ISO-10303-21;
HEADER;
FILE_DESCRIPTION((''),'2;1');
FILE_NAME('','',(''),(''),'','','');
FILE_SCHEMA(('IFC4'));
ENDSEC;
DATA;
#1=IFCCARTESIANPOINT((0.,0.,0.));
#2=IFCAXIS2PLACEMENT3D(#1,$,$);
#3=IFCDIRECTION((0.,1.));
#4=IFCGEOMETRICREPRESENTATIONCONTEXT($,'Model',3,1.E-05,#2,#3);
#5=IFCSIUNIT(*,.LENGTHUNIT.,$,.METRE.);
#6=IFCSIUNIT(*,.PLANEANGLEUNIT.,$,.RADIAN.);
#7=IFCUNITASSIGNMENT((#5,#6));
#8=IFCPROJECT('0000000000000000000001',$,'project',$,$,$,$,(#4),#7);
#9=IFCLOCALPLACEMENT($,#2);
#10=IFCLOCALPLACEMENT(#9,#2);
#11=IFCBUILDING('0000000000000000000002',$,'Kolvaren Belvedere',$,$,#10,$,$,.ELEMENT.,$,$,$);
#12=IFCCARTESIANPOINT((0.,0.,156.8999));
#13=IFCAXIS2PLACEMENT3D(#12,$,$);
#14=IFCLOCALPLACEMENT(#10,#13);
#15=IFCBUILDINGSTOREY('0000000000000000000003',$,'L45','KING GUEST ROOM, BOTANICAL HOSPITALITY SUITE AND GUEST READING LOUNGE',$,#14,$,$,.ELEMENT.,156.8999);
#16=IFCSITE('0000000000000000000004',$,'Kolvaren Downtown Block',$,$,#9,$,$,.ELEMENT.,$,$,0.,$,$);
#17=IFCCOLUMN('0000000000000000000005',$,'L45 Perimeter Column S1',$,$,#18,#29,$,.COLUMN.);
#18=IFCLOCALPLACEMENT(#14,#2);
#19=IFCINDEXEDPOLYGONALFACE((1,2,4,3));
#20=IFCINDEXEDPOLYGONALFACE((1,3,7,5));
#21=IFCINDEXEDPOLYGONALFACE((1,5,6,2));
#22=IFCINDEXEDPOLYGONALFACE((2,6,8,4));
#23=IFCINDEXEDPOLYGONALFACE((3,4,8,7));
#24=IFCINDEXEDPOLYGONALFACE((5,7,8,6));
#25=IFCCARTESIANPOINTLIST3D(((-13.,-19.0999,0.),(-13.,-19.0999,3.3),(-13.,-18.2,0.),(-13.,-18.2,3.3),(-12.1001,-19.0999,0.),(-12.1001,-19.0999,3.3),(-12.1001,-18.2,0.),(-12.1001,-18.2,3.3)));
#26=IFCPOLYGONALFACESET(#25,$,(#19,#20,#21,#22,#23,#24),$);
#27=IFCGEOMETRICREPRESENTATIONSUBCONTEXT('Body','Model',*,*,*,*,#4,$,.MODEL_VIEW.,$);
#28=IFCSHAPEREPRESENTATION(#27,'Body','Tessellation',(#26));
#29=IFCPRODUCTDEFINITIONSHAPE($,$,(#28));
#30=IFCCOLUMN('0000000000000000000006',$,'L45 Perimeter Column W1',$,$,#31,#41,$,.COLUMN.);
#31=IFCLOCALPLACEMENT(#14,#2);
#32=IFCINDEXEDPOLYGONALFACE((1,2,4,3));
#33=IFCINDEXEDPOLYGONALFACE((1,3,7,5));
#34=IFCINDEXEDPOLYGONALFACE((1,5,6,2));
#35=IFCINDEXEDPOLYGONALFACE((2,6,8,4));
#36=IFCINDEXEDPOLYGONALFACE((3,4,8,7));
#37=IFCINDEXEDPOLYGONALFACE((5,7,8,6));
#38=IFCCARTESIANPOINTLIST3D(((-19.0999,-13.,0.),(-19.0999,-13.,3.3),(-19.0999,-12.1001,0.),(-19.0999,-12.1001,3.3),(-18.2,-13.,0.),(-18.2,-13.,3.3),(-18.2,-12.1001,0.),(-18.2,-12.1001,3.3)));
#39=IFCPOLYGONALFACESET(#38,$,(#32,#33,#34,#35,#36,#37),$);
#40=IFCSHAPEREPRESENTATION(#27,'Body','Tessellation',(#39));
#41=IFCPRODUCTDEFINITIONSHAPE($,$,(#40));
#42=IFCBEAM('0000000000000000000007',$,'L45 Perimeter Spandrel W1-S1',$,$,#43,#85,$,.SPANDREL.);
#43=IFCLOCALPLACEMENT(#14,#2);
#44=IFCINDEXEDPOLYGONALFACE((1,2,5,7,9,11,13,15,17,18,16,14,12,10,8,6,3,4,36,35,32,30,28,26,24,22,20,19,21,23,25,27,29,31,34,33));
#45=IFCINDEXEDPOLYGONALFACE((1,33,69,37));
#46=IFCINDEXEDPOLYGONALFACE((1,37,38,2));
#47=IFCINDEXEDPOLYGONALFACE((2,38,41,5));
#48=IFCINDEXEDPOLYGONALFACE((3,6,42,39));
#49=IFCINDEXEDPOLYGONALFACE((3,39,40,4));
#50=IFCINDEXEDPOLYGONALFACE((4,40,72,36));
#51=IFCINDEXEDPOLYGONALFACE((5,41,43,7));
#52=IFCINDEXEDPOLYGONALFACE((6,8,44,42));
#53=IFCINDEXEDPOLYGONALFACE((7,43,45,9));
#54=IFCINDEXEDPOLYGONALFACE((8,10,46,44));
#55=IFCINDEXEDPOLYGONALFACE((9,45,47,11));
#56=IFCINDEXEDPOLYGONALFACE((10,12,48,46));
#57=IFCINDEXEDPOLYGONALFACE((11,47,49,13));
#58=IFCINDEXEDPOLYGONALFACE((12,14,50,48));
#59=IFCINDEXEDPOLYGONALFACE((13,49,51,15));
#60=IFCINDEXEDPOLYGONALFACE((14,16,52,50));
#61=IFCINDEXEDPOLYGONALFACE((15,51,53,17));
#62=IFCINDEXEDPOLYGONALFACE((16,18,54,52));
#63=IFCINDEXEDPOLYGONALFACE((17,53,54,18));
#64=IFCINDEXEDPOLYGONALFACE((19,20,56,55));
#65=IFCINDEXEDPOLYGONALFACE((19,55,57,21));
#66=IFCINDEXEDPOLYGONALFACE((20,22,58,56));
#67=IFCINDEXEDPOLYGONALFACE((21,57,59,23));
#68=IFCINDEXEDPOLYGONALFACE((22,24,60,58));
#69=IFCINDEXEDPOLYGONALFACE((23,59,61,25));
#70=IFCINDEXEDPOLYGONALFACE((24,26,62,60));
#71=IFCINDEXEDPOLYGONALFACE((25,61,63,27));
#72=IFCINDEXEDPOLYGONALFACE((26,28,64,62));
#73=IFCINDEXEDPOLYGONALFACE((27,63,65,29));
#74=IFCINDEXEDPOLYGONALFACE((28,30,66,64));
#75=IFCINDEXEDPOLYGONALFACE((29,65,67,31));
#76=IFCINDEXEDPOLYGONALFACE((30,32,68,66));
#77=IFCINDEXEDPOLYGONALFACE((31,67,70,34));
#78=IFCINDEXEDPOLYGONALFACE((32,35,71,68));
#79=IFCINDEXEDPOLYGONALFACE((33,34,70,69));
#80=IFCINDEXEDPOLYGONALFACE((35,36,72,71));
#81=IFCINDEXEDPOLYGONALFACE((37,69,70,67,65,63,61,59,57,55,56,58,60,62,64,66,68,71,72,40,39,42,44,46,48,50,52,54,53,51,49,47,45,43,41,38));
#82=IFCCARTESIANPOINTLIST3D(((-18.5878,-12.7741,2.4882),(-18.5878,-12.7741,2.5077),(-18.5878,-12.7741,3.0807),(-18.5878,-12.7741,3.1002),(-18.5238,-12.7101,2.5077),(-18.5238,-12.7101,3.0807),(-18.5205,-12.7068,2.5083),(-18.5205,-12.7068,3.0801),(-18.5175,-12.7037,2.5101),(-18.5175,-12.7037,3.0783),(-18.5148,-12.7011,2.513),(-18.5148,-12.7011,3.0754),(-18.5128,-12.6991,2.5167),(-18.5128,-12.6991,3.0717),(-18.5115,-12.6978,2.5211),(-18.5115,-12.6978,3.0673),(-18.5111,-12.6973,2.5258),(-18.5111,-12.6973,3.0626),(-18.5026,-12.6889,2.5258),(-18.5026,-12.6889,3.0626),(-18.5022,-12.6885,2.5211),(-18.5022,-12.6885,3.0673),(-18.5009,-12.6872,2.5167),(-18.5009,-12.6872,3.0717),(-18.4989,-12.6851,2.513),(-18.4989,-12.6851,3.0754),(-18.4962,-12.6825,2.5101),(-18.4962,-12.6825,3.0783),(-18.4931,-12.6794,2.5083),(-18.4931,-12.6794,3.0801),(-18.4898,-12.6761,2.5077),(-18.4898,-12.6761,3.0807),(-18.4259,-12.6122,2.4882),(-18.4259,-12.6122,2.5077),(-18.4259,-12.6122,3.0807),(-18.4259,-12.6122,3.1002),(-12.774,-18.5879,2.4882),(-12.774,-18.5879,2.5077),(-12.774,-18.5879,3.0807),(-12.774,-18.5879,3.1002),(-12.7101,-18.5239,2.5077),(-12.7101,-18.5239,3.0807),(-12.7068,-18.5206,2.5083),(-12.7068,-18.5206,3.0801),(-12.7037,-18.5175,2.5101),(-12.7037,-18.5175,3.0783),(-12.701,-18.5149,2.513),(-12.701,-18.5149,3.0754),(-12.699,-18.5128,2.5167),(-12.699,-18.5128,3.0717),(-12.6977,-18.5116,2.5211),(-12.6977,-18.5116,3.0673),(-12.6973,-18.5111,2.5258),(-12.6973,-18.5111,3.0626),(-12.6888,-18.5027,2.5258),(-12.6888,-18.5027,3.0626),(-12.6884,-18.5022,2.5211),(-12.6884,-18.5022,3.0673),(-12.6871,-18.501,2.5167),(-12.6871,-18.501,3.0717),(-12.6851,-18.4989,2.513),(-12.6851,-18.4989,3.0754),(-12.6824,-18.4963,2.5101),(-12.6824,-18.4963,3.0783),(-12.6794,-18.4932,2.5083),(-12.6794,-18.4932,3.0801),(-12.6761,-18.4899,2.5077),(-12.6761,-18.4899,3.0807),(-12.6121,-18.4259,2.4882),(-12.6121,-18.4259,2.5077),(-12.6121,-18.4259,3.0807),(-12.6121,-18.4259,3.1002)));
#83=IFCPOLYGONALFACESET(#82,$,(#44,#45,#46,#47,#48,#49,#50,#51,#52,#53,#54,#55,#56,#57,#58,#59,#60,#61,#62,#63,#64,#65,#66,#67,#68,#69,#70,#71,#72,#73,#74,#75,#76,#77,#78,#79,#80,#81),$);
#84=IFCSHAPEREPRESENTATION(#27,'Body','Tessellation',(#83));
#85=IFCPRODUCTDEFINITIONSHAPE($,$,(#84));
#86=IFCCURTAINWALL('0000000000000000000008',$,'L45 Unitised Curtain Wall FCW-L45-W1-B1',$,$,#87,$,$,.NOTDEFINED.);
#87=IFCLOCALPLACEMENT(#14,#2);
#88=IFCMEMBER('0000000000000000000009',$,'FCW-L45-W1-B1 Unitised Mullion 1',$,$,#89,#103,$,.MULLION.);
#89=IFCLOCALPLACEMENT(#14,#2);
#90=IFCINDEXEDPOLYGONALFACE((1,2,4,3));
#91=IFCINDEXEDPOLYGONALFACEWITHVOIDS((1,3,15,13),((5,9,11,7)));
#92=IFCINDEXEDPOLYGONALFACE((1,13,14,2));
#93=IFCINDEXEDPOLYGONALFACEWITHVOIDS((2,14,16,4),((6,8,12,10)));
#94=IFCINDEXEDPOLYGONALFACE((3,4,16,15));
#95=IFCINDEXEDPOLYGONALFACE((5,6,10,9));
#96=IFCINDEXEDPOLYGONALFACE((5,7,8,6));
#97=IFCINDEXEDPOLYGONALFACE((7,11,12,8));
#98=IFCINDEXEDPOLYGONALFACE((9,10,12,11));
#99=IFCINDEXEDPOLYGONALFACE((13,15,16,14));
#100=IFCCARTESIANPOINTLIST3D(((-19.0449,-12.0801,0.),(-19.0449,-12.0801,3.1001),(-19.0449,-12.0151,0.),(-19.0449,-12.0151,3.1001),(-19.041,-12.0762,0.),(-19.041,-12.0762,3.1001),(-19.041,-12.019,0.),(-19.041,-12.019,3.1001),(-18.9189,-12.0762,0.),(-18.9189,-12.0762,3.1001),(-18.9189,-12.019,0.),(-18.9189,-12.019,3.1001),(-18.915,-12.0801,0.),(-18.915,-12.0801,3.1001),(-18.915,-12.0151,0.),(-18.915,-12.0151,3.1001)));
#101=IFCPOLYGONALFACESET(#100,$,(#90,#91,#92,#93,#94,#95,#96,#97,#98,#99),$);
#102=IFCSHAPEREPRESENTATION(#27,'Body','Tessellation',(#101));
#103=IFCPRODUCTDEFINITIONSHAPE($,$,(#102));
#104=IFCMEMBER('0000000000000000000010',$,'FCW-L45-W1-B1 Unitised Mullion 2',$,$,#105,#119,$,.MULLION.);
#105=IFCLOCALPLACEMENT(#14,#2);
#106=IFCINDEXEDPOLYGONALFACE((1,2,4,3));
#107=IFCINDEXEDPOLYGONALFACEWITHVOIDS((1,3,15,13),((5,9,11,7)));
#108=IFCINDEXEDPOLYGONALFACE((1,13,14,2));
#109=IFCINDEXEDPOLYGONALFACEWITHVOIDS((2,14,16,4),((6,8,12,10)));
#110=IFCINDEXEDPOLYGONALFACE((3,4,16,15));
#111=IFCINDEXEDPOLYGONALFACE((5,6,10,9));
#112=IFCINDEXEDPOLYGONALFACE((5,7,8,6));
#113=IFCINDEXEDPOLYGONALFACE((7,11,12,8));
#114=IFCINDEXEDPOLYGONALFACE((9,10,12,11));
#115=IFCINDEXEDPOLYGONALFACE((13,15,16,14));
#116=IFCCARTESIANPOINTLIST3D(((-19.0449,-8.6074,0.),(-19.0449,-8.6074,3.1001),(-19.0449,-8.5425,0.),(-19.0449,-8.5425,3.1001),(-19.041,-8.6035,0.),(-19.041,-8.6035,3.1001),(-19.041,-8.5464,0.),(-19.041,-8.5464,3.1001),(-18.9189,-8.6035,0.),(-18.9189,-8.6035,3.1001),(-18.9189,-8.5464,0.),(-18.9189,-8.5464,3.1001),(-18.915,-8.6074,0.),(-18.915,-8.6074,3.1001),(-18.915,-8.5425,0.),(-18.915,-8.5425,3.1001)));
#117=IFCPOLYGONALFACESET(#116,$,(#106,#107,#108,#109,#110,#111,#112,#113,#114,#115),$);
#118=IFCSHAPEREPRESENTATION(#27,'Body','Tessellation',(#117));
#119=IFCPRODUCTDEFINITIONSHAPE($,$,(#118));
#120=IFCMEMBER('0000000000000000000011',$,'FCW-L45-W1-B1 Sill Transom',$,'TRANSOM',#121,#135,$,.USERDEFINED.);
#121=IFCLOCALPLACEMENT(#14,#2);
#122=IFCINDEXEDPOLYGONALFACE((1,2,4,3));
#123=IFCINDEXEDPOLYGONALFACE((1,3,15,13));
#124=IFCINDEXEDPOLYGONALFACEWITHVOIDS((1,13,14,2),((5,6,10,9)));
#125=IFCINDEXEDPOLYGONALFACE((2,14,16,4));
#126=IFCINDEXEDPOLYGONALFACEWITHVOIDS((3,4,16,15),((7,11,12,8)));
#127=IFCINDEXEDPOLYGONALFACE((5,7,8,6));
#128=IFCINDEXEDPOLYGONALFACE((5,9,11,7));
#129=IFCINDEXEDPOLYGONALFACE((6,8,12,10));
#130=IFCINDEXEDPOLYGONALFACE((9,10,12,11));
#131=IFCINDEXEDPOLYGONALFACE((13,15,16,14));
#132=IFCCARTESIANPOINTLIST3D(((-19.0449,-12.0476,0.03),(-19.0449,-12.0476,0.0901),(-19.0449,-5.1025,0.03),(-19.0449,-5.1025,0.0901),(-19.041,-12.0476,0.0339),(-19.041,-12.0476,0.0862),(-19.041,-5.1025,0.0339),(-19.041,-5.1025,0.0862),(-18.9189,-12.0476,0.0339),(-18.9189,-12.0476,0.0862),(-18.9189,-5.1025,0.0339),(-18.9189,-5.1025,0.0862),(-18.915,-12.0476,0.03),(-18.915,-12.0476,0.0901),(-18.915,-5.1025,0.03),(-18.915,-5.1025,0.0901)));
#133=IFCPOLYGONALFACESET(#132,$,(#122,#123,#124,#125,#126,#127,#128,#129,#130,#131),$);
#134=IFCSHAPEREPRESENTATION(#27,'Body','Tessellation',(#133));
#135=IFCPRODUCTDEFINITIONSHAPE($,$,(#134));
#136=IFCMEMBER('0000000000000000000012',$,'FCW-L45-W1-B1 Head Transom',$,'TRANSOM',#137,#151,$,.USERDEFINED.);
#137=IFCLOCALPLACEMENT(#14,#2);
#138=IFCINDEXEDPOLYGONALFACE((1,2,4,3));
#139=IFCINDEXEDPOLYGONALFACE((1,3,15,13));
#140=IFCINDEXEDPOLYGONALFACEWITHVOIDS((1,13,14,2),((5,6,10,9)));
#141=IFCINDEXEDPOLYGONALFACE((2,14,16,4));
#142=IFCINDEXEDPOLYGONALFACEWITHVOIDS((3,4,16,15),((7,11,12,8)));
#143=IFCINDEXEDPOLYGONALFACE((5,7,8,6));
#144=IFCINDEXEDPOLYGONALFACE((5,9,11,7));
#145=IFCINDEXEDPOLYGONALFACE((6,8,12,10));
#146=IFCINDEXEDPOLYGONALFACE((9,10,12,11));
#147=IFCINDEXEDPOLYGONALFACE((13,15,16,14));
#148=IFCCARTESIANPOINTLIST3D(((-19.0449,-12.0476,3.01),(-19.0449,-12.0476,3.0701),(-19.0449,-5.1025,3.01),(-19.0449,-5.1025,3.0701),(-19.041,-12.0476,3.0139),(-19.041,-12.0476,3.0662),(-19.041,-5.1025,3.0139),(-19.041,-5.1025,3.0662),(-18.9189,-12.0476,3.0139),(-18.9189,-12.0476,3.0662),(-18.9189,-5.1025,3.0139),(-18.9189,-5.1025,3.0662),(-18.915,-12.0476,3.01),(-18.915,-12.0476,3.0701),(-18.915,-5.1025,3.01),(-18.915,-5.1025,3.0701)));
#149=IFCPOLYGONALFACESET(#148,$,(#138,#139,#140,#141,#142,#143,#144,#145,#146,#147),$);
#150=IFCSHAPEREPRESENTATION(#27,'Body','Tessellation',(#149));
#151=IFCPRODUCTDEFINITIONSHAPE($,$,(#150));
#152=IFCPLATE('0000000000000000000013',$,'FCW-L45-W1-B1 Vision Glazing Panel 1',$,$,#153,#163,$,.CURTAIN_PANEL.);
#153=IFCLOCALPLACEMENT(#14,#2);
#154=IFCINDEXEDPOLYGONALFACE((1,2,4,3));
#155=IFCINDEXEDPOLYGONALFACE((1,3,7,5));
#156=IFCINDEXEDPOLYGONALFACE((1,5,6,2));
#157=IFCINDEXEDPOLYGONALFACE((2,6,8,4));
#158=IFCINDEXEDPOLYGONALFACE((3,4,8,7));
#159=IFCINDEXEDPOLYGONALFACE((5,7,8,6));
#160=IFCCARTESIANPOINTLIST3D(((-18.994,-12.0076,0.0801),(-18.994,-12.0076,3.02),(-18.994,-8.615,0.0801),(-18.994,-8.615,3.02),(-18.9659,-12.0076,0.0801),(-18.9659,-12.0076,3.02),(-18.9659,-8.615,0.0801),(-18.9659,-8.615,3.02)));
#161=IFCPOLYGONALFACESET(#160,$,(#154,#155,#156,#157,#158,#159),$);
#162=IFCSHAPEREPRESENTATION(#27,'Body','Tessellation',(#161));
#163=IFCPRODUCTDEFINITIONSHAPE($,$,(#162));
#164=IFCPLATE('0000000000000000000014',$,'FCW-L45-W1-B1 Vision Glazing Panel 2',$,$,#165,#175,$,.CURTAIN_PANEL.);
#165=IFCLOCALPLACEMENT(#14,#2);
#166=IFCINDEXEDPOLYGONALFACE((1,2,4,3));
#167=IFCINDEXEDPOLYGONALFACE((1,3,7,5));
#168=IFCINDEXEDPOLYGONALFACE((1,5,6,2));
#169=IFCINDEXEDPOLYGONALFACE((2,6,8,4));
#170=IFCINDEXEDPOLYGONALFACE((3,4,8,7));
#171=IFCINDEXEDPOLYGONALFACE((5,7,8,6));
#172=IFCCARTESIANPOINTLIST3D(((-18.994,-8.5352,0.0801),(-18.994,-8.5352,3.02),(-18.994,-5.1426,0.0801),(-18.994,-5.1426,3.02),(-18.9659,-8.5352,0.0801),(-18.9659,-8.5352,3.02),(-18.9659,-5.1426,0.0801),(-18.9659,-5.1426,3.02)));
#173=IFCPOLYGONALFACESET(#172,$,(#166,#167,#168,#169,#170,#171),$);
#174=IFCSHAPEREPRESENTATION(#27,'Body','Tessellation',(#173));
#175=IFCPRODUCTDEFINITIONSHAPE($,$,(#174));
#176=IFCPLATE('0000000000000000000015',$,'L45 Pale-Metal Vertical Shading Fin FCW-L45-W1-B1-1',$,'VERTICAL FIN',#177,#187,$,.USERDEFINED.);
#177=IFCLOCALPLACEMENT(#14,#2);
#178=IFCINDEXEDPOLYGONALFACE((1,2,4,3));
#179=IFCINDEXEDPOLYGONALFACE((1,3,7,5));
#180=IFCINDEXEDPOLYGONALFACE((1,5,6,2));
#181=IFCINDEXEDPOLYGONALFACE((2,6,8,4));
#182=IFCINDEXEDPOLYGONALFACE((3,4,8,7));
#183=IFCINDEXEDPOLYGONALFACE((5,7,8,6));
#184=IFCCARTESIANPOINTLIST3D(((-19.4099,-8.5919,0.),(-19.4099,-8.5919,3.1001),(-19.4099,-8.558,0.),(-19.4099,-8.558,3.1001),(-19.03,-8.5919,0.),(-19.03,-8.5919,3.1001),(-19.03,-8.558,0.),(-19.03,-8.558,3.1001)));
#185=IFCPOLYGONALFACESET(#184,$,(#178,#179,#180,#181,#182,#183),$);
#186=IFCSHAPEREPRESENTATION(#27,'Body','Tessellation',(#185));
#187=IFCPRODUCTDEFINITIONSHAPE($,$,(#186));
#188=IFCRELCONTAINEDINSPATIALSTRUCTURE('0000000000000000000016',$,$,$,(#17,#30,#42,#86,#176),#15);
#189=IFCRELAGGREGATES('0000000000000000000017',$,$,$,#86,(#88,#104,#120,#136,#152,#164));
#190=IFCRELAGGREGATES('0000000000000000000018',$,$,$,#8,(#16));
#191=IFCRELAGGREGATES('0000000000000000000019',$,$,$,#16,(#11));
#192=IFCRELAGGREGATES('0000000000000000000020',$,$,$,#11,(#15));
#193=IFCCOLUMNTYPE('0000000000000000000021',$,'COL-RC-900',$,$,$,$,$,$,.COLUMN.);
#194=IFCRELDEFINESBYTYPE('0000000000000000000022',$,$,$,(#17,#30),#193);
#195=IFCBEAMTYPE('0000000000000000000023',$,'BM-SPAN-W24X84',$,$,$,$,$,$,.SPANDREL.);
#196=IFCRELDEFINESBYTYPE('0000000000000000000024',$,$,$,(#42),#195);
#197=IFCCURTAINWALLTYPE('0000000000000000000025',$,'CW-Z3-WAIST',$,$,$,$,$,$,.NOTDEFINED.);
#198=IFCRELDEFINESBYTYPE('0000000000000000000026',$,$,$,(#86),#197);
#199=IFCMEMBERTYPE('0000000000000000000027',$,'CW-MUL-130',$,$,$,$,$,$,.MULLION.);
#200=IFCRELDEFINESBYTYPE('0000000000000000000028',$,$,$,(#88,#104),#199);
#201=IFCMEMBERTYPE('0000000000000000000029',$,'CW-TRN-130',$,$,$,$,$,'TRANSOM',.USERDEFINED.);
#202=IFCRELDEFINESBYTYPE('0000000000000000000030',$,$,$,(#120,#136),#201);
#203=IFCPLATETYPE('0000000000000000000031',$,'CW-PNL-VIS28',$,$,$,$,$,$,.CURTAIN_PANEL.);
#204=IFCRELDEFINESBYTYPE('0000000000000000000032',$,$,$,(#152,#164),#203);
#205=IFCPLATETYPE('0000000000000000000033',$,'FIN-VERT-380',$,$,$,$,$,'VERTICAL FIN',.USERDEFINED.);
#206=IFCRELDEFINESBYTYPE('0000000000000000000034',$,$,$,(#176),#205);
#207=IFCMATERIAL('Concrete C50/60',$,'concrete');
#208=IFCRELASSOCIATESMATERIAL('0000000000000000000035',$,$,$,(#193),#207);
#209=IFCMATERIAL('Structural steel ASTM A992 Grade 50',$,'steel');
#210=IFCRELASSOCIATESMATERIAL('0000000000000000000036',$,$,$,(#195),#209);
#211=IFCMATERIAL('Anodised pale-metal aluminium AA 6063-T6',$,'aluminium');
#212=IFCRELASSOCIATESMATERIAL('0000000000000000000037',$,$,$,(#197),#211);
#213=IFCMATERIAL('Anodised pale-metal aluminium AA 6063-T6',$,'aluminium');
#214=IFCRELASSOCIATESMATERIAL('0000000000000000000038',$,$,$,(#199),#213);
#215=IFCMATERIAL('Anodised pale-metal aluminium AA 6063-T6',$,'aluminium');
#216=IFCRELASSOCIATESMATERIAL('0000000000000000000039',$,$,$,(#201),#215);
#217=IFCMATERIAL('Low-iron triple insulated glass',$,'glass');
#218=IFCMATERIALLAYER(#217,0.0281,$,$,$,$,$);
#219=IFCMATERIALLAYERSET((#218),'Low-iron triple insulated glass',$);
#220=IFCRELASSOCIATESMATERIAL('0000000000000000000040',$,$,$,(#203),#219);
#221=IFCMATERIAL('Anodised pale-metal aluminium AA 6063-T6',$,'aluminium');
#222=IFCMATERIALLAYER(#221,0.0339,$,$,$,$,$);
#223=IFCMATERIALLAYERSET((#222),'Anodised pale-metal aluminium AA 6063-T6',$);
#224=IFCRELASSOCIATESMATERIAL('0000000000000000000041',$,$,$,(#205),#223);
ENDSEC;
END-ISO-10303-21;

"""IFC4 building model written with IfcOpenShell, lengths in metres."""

from ifc_helpers import new_model, si_unit, direction, frame, origin, origin_2d, place, context, subcontext, project, spatial, rectangle, hollow_rectangle, i_section, extrude, material, layer, layer_set, material_profile, profile_set, type_object, element, aggregate, save


model = new_model("IFC4")

# Units and contexts
model_context = context("Model", 3, precision=1e-05, world=origin(), true_north=direction((0.0, 1.0)))
body_context = subcontext(model_context, "Body", "Model", "MODEL_VIEW")
ifc_project = project(units=[si_unit("LENGTHUNIT", "METRE"), si_unit("PLANEANGLEUNIT", "RADIAN")], contexts=[model_context])

# Site, building, storey
site_placement = place(None, origin())
site = spatial("IfcSite", under=ifc_project, at=site_placement, Name="Kolvaren Downtown Block", CompositionType="ELEMENT", RefElevation=0.0)
building_placement = place(site_placement, origin())
building = spatial("IfcBuilding", under=site, at=building_placement, Name="Kolvaren Belvedere", CompositionType="ELEMENT")
storey_placement = place(building_placement, frame((0.0, 0.0, 156.8999)))
storey = spatial("IfcBuildingStorey", under=building, at=storey_placement, Name="L45", Description="KING GUEST ROOM, BOTANICAL HOSPITALITY SUITE AND GUEST READING LOUNGE", CompositionType="ELEMENT", Elevation=156.8999)

# Columns
ifc_material_1 = material(Name="Concrete C50/60", Category="concrete")
ifc_material_profile_1 = material_profile(ifc_material_1, rectangle(XDim=0.8999, YDim=0.8999, at=origin_2d()), Name="RC 900X900")
ifc_profile_set_1 = profile_set([ifc_material_profile_1], Name="Concrete C50/60")
column_type = type_object("IfcColumnType", Name="COL-RC-900", PredefinedType="COLUMN", material=ifc_profile_set_1)
for number, where, z_axis, x_axis, name in (
    (1, (-12.55, -18.6499, 0.0), (0.0, 0.0, 1.0), (1.0, 0.0, 0.0), "L45 Perimeter Column S1"),
    (2, (-18.6499, -12.55, 0.0), (0.0, 0.0, 1.0), (1.0, 0.0, 0.0), "L45 Perimeter Column W1"),
):
    element("IfcColumn", number, at=place(storey_placement, frame(where, z_axis=z_axis, x_axis=x_axis)), inside=storey, type_object=column_type, Name=name, PredefinedType="COLUMN", context=body_context, shape_type="SweptSolid", body=[
        extrude(rectangle(XDim=0.8999, YDim=0.8999, at=origin_2d()), origin(), (0.0, 0.0, 1.0), 3.3),
    ])

# Beam
ifc_material_2 = material(Name="Structural steel ASTM A992 Grade 50", Category="steel")
ifc_material_profile_2 = material_profile(ifc_material_2, i_section(OverallWidth=0.229, OverallDepth=0.6121, WebThickness=0.012, FlangeThickness=0.0195, FilletRadius=0.0181, at=origin_2d()), Name="W24X84")
ifc_profile_set_2 = profile_set([ifc_material_profile_2], Name="Structural steel ASTM A992 Grade 50")
beam_type = type_object("IfcBeamType", Name="BM-SPAN-W24X84", PredefinedType="SPANDREL", material=ifc_profile_set_2)
beam_placement = place(storey_placement, frame((-18.5068, -12.6931, 2.7942), z_axis=(0.707107, -0.707107, 0.0), x_axis=(0.707107, 0.707107, 0.0)))
element("IfcBeam", 3, at=beam_placement, inside=storey, type_object=beam_type, Name="L45 Perimeter Spandrel W1-S1", PredefinedType="SPANDREL", context=body_context, shape_type="SweptSolid", body=[
    extrude(i_section(OverallWidth=0.229, OverallDepth=0.6121, WebThickness=0.012, FlangeThickness=0.0195, FilletRadius=0.0181, at=origin_2d()), origin(), (0.0, 0.0, 1.0), 8.2219),
])

# Curtain wall, members, plates
ifc_material_3 = material(Name="Anodised pale-metal aluminium AA 6063-T6", Category="aluminium")
curtain_wall_type = type_object("IfcCurtainWallType", Name="CW-Z3-WAIST", PredefinedType="NOTDEFINED", material=ifc_material_3)
curtain_wall_placement = place(storey_placement, origin())
curtain_wall = element("IfcCurtainWall", 4, at=curtain_wall_placement, inside=storey, type_object=curtain_wall_type, Name="L45 Unitised Curtain Wall FCW-L45-W1-B1", PredefinedType="NOTDEFINED")
ifc_material_4 = material(Name="Anodised pale-metal aluminium AA 6063-T6", Category="aluminium")
ifc_material_profile_3 = material_profile(ifc_material_4, hollow_rectangle(XDim=0.0649, YDim=0.1299, WallThickness=0.0039, at=origin_2d()), Name="ALU-MUL-130X65")
ifc_profile_set_3 = profile_set([ifc_material_profile_3], Name="Anodised pale-metal aluminium AA 6063-T6")
member_type_1 = type_object("IfcMemberType", Name="CW-MUL-130", PredefinedType="MULLION", material=ifc_profile_set_3)
member_1_placement = place(storey_placement, frame((-18.98, -12.0476, 0.0), z_axis=(0.0, 0.0, 1.0), x_axis=(0.0, 1.0, 0.0)))
member_1 = element("IfcMember", 5, at=member_1_placement, type_object=member_type_1, Name="FCW-L45-W1-B1 Unitised Mullion 1", PredefinedType="MULLION", context=body_context, shape_type="SweptSolid", body=[
    extrude(hollow_rectangle(XDim=0.0649, YDim=0.1299, WallThickness=0.0039, at=origin_2d()), origin(), (0.0, 0.0, 1.0), 3.1001),
])
member_2_placement = place(storey_placement, frame((-18.98, -8.575, 0.0), z_axis=(0.0, 0.0, 1.0), x_axis=(0.0, 1.0, 0.0)))
member_2 = element("IfcMember", 6, at=member_2_placement, type_object=member_type_1, Name="FCW-L45-W1-B1 Unitised Mullion 2", PredefinedType="MULLION", context=body_context, shape_type="SweptSolid", body=[
    extrude(hollow_rectangle(XDim=0.0649, YDim=0.1299, WallThickness=0.0039, at=origin_2d()), origin(), (0.0, 0.0, 1.0), 3.1001),
])
ifc_material_5 = material(Name="Anodised pale-metal aluminium AA 6063-T6", Category="aluminium")
ifc_material_profile_4 = material_profile(ifc_material_5, hollow_rectangle(XDim=0.0601, YDim=0.1299, WallThickness=0.0039, at=origin_2d()), Name="ALU-TRN-130X60")
ifc_profile_set_4 = profile_set([ifc_material_profile_4], Name="Anodised pale-metal aluminium AA 6063-T6")
member_type_2 = type_object("IfcMemberType", Name="CW-TRN-130", ElementType="TRANSOM", PredefinedType="USERDEFINED", material=ifc_profile_set_4)
member_3_placement = place(storey_placement, frame((-18.98, -12.0476, 0.0601), z_axis=(0.0, 1.0, 0.0), x_axis=(0.0, 0.0, 1.0)))
member_3 = element("IfcMember", 7, at=member_3_placement, type_object=member_type_2, Name="FCW-L45-W1-B1 Sill Transom", ObjectType="TRANSOM", PredefinedType="USERDEFINED", context=body_context, shape_type="SweptSolid", body=[
    extrude(hollow_rectangle(XDim=0.0601, YDim=0.1299, WallThickness=0.0039, at=origin_2d()), origin(), (0.0, 0.0, 1.0), 6.9451),
])
member_4_placement = place(storey_placement, frame((-18.98, -12.0476, 3.04), z_axis=(0.0, 1.0, 0.0), x_axis=(0.0, 0.0, 1.0)))
member_4 = element("IfcMember", 8, at=member_4_placement, type_object=member_type_2, Name="FCW-L45-W1-B1 Head Transom", ObjectType="TRANSOM", PredefinedType="USERDEFINED", context=body_context, shape_type="SweptSolid", body=[
    extrude(hollow_rectangle(XDim=0.0601, YDim=0.1299, WallThickness=0.0039, at=origin_2d()), origin(), (0.0, 0.0, 1.0), 6.9451),
])
ifc_material_6 = material(Name="Low-iron triple insulated glass", Category="glass")
ifc_layer_1 = layer(ifc_material_6, 0.0281)
ifc_layer_set_1 = layer_set([ifc_layer_1], Name="Low-iron triple insulated glass")
plate_type_1 = type_object("IfcPlateType", Name="CW-PNL-VIS28", PredefinedType="CURTAIN_PANEL", material=ifc_layer_set_1)
plate_1_placement = place(storey_placement, frame((-18.98, -10.3113, 0.0801), z_axis=(0.0, 0.0, 1.0), x_axis=(0.0, 1.0, 0.0)))
plate_1 = element("IfcPlate", 9, at=plate_1_placement, type_object=plate_type_1, Name="FCW-L45-W1-B1 Vision Glazing Panel 1", PredefinedType="CURTAIN_PANEL", context=body_context, shape_type="SweptSolid", body=[
    extrude(rectangle(XDim=3.3926, YDim=0.0281, at=origin_2d()), origin(), (0.0, 0.0, 1.0), 2.9399),
])
plate_2_placement = place(storey_placement, frame((-18.98, -6.8389, 0.0801), z_axis=(0.0, 0.0, 1.0), x_axis=(0.0, 1.0, 0.0)))
plate_2 = element("IfcPlate", 10, at=plate_2_placement, type_object=plate_type_1, Name="FCW-L45-W1-B1 Vision Glazing Panel 2", PredefinedType="CURTAIN_PANEL", context=body_context, shape_type="SweptSolid", body=[
    extrude(rectangle(XDim=3.3926, YDim=0.0281, at=origin_2d()), origin(), (0.0, 0.0, 1.0), 2.9399),
])
aggregate(curtain_wall, [member_1, member_2, member_3, member_4, plate_1, plate_2])

# Plate
ifc_material_7 = material(Name="Anodised pale-metal aluminium AA 6063-T6", Category="aluminium")
ifc_layer_2 = layer(ifc_material_7, 0.0339)
ifc_layer_set_2 = layer_set([ifc_layer_2], Name="Anodised pale-metal aluminium AA 6063-T6")
plate_type_2 = type_object("IfcPlateType", Name="FIN-VERT-380", ElementType="VERTICAL FIN", PredefinedType="USERDEFINED", material=ifc_layer_set_2)
plate_3_placement = place(storey_placement, frame((-19.22, -8.575, 0.0), z_axis=(0.0, 0.0, 1.0), x_axis=(1.0, 0.0, 0.0)))
element("IfcPlate", 11, at=plate_3_placement, inside=storey, type_object=plate_type_2, Name="L45 Pale-Metal Vertical Shading Fin FCW-L45-W1-B1-1", ObjectType="VERTICAL FIN", PredefinedType="USERDEFINED", context=body_context, shape_type="SweptSolid", body=[
    extrude(rectangle(XDim=0.3799, YDim=0.0339, at=origin_2d()), origin(), (0.0, 0.0, 1.0), 3.1001),
])

save(model, "model.ifc")
